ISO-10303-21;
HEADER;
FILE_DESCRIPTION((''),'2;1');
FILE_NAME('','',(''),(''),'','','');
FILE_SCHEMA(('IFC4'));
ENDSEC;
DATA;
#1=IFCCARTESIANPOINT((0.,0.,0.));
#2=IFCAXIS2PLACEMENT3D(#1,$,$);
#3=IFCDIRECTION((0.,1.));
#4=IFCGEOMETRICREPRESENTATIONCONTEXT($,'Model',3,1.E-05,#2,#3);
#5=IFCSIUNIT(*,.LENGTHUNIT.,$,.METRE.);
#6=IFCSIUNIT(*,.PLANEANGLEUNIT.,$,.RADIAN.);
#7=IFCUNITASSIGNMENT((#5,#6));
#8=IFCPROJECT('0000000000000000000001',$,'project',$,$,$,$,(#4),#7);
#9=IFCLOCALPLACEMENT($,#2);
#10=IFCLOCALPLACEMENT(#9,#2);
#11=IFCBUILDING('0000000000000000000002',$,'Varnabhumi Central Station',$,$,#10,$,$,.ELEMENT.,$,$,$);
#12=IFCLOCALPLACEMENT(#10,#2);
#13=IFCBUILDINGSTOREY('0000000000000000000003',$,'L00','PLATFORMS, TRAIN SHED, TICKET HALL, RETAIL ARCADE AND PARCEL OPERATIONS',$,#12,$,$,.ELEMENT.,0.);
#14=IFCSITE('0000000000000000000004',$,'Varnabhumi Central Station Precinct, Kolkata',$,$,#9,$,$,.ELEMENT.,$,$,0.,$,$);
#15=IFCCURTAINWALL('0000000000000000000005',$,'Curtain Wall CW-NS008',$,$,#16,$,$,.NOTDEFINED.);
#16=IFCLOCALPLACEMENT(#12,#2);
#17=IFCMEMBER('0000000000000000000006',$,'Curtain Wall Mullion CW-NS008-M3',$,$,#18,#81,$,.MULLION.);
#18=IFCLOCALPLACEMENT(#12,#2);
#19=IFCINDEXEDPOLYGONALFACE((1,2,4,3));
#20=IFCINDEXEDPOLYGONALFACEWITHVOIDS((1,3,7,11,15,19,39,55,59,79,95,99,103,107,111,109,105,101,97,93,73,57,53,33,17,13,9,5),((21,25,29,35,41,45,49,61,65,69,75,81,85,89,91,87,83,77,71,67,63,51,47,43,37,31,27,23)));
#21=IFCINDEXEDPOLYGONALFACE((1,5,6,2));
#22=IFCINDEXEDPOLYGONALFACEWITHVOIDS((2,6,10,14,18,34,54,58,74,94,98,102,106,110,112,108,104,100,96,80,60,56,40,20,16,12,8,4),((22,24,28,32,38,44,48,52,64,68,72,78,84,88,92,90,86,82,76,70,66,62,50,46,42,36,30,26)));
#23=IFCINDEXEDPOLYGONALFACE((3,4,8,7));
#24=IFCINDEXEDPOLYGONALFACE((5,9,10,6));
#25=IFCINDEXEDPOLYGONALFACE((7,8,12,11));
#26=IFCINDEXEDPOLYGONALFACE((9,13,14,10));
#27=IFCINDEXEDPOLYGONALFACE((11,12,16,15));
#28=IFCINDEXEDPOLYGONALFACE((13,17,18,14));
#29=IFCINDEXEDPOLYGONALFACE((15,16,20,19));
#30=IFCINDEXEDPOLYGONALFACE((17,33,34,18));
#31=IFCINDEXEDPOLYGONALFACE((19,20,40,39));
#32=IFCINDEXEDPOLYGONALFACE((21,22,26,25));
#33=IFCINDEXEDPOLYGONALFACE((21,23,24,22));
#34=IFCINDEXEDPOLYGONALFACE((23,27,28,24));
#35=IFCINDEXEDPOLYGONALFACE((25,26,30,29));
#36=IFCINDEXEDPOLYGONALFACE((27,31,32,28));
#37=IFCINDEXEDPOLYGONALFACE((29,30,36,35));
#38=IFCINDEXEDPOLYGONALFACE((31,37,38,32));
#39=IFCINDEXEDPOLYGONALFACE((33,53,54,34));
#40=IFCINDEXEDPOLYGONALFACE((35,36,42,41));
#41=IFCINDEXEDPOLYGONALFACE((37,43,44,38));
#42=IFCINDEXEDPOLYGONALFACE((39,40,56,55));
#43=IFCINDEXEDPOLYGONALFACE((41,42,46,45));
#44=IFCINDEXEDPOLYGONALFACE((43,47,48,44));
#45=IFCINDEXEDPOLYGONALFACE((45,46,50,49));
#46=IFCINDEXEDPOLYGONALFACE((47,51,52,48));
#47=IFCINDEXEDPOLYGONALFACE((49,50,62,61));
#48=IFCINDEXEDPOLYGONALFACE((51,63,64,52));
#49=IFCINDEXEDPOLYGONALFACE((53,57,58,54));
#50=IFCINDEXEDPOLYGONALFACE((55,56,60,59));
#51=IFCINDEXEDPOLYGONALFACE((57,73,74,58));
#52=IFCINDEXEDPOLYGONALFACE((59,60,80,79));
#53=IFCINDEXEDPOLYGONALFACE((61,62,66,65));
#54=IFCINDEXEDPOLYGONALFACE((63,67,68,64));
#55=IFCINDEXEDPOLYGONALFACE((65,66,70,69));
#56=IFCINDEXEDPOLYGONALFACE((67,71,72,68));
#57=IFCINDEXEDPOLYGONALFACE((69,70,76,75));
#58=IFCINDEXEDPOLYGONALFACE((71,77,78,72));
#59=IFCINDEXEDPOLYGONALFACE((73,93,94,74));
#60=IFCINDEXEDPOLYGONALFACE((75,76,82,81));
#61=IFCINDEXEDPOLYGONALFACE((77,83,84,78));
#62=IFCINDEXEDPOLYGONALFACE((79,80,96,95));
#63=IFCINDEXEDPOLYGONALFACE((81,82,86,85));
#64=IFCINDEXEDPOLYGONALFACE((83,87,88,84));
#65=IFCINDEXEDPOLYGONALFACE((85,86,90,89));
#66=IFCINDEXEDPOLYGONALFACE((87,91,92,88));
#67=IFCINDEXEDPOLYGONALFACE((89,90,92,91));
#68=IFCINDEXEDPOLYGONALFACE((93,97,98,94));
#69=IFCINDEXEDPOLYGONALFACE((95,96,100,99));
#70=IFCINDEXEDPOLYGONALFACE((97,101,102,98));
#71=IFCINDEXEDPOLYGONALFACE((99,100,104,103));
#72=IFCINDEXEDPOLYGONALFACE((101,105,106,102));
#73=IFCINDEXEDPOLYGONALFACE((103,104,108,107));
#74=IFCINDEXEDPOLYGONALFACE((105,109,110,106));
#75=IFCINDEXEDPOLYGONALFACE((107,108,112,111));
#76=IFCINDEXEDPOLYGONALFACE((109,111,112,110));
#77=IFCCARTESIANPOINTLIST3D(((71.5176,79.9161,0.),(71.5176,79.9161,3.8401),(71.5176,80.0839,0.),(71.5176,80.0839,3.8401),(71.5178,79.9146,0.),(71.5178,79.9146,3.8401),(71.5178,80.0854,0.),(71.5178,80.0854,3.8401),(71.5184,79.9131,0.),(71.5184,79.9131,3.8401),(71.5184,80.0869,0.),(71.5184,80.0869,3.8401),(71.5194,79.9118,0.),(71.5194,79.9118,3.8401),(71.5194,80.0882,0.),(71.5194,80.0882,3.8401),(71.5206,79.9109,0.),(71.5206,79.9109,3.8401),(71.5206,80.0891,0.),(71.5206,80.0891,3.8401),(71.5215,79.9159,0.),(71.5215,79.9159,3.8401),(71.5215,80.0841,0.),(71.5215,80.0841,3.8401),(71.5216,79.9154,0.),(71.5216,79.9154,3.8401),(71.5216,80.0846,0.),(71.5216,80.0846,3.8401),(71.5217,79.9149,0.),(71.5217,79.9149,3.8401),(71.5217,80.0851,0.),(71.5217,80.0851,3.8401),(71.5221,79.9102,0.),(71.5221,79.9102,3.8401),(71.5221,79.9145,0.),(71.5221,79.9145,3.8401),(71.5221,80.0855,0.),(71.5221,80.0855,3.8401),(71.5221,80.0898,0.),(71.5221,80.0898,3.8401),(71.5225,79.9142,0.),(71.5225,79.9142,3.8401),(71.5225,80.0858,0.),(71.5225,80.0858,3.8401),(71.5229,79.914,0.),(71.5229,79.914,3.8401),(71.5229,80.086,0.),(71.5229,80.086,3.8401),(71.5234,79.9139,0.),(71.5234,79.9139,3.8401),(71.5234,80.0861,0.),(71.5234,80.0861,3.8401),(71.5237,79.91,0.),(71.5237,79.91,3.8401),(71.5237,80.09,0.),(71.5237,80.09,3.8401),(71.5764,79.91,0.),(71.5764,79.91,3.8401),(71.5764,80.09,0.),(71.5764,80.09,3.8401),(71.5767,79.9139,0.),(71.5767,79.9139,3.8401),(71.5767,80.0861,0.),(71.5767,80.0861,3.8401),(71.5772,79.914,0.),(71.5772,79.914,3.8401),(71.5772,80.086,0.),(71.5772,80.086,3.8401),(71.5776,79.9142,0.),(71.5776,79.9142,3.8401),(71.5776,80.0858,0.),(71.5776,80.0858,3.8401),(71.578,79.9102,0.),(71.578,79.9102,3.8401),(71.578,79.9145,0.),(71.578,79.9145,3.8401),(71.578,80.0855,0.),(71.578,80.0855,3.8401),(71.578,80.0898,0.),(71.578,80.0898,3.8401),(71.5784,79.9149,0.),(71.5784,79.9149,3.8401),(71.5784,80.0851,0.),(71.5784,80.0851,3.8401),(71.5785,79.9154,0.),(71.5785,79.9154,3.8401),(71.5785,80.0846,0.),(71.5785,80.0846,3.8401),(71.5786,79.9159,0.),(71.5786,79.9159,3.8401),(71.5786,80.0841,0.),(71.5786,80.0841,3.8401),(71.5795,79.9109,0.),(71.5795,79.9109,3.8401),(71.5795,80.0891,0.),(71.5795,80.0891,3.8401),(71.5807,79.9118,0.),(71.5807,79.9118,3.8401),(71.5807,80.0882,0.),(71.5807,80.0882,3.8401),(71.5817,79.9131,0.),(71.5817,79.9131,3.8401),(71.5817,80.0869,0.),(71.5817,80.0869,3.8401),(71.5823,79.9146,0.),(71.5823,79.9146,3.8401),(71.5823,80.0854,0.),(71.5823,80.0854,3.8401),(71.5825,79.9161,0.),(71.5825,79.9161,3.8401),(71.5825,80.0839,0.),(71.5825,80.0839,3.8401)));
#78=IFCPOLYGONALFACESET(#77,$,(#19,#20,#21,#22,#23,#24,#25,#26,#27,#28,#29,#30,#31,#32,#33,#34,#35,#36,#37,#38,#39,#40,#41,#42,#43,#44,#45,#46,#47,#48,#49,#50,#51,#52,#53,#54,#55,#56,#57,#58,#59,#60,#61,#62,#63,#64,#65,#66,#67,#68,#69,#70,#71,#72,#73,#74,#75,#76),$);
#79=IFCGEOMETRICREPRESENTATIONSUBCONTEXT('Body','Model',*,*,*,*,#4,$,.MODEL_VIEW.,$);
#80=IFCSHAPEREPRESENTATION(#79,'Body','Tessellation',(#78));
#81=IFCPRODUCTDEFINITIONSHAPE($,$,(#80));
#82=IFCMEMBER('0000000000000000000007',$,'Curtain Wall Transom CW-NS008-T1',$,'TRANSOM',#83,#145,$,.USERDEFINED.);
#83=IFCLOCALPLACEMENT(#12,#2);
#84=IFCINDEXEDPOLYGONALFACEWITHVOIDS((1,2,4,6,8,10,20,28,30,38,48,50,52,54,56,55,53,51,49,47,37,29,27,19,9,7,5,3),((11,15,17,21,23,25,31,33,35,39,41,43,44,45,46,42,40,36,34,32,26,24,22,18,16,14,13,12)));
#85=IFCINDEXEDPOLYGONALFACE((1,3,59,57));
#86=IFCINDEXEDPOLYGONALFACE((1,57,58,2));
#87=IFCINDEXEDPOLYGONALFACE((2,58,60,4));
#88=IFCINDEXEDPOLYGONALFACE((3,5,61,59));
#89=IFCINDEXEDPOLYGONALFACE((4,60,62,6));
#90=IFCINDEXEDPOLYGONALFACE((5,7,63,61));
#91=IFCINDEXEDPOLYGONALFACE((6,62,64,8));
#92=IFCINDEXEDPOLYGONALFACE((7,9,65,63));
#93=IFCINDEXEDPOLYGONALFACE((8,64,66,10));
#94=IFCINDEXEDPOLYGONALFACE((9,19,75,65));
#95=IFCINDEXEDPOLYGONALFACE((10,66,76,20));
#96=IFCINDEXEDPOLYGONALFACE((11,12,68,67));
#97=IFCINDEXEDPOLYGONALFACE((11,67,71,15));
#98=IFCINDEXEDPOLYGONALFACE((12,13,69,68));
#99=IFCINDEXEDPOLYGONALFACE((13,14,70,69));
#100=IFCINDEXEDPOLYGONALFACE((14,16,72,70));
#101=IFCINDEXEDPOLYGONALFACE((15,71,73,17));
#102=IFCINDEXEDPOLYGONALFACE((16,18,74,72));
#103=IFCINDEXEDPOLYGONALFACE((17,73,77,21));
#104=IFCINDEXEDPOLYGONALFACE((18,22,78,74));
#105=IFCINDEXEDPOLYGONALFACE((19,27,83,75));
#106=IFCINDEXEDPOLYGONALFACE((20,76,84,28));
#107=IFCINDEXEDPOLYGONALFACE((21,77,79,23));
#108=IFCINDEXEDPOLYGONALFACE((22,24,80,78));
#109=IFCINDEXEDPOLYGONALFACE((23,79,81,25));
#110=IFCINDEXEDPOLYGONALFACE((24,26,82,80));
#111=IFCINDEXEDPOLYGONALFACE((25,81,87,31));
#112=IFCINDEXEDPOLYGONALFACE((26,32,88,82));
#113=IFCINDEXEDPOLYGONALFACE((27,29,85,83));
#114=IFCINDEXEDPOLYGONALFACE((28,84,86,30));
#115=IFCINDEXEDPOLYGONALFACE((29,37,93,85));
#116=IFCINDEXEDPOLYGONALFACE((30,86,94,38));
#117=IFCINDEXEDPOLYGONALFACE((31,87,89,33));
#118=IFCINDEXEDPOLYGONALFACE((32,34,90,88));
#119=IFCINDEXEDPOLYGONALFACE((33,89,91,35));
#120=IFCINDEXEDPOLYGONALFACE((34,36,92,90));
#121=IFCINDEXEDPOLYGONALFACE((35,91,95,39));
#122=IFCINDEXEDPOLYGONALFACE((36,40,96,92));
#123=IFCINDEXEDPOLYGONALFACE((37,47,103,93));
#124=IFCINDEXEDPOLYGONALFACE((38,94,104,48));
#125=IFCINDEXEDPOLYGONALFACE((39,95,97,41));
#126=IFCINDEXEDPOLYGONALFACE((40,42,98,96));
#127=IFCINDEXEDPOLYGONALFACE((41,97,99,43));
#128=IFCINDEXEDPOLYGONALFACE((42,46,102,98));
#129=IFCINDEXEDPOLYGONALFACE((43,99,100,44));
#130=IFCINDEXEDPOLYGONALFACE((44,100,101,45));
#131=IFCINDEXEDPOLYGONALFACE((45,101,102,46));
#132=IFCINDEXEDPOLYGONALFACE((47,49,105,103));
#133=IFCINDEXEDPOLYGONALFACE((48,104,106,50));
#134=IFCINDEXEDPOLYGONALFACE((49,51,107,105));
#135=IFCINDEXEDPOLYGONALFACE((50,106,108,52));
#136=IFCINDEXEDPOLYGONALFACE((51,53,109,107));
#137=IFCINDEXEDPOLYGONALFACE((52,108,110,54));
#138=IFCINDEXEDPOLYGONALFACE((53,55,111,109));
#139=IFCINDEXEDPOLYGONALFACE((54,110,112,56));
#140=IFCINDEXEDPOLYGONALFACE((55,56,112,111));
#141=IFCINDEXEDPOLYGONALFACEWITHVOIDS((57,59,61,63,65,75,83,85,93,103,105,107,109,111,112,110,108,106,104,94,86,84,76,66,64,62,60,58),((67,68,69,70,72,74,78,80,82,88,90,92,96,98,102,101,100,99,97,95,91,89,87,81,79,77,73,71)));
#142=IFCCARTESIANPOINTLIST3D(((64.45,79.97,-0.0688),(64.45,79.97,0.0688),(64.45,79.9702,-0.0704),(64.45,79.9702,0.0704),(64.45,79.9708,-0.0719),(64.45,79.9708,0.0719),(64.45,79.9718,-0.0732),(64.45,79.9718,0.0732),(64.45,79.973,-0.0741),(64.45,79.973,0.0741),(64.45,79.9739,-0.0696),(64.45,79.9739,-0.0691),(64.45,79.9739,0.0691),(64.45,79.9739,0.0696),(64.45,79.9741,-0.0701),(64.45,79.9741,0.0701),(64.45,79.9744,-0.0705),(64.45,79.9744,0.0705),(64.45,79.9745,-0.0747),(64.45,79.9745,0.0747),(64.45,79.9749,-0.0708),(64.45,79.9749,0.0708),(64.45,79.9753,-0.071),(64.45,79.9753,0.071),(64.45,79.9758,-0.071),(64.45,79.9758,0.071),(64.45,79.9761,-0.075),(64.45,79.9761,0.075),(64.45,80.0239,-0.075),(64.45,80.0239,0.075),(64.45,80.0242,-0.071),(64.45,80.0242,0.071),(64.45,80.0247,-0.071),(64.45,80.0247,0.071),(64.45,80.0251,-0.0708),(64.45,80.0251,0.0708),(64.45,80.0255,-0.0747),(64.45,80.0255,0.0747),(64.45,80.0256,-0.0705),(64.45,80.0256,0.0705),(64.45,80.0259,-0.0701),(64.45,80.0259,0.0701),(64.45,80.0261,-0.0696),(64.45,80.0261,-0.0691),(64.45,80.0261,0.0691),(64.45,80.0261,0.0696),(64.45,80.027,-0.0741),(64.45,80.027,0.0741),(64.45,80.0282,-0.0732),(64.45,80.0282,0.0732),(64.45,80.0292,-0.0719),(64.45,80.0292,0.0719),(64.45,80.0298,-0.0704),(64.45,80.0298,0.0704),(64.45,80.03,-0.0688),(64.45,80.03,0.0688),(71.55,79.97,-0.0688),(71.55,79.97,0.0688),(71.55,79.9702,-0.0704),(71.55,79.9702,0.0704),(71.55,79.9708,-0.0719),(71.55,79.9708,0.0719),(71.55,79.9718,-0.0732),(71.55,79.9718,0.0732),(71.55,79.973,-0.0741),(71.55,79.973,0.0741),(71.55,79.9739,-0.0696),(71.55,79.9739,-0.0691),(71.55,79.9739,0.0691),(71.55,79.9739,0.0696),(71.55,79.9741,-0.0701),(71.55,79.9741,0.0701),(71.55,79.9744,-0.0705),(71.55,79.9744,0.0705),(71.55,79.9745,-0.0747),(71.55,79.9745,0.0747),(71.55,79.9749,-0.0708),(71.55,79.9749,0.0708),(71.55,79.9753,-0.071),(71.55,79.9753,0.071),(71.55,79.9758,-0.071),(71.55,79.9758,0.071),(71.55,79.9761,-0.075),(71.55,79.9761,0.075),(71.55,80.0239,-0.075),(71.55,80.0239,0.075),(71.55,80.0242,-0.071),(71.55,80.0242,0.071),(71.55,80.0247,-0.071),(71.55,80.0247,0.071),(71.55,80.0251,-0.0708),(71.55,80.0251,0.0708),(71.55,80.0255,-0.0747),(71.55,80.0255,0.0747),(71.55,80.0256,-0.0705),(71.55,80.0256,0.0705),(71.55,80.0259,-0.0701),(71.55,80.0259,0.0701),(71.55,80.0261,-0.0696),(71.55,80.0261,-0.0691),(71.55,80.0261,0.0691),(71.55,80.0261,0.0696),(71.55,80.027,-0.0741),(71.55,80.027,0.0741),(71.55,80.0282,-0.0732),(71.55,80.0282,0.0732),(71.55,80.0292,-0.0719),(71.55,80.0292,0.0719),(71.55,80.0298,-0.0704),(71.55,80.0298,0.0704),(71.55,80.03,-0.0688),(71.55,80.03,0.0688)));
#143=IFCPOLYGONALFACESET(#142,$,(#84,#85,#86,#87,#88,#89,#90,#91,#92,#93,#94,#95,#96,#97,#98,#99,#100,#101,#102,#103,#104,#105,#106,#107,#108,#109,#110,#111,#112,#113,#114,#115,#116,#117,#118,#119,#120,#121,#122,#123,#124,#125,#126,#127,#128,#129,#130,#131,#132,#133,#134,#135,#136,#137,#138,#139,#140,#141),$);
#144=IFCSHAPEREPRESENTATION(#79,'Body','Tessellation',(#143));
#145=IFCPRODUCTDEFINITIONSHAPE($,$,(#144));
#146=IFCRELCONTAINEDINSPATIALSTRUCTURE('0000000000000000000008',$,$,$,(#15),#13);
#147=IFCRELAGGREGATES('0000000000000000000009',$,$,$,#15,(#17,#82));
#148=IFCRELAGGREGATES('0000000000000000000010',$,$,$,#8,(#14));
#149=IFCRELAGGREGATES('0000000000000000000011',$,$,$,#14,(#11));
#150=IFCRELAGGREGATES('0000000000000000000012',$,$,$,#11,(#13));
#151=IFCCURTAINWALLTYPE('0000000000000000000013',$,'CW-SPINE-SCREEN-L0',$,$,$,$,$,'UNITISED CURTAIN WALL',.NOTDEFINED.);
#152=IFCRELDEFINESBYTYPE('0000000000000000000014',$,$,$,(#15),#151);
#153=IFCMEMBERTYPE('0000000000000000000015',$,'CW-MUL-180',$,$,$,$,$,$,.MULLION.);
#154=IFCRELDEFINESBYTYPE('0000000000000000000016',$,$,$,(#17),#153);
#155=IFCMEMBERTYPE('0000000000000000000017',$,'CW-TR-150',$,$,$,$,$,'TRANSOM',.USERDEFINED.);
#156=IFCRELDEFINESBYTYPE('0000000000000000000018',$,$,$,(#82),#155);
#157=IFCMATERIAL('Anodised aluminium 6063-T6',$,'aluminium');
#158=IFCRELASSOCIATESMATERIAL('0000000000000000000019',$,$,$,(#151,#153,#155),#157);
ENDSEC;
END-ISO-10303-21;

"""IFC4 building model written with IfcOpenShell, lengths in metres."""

from ifc_helpers import new_model, si_unit, direction, frame, origin, origin_2d, place, context, subcontext, project, spatial, hollow_rectangle, extrude, material, material_profile, profile_set, type_object, element, aggregate, save


model = new_model("IFC4")

# Units and contexts
model_context = context("Model", 3, precision=1e-05, world=origin(), true_north=direction((0.0, 1.0)))
body_context = subcontext(model_context, "Body", "Model", "MODEL_VIEW")
ifc_project = project(units=[si_unit("LENGTHUNIT", "METRE"), si_unit("PLANEANGLEUNIT", "RADIAN")], contexts=[model_context])

# Site, building, storey
site_placement = place(None, origin())
site = spatial("IfcSite", under=ifc_project, at=site_placement, Name="Varnabhumi Central Station Precinct, Kolkata", CompositionType="ELEMENT", RefElevation=0.0)
building_placement = place(site_placement, origin())
building = spatial("IfcBuilding", under=site, at=building_placement, Name="Varnabhumi Central Station", CompositionType="ELEMENT")
storey_placement = place(building_placement, origin())
storey = spatial("IfcBuildingStorey", under=building, at=storey_placement, Name="L00", Description="PLATFORMS, TRAIN SHED, TICKET HALL, RETAIL ARCADE AND PARCEL OPERATIONS", CompositionType="ELEMENT", Elevation=0.0)

# Curtain wall, members
ifc_material_1 = material(Name="Anodised aluminium 6063-T6", Category="aluminium")
curtain_wall_type = type_object("IfcCurtainWallType", Name="CW-SPINE-SCREEN-L0", ElementType="UNITISED CURTAIN WALL", PredefinedType="NOTDEFINED", material=ifc_material_1)
curtain_wall_placement = place(storey_placement, origin())
curtain_wall = element("IfcCurtainWall", 1, at=curtain_wall_placement, inside=storey, type_object=curtain_wall_type, Name="Curtain Wall CW-NS008", PredefinedType="NOTDEFINED")
ifc_material_profile_1 = material_profile(ifc_material_1, hollow_rectangle(XDim=0.0649, YDim=0.1799, WallThickness=0.0039, InnerFilletRadius=0.002, OuterFilletRadius=0.0061, at=origin_2d()), Name="Anodised aluminium 6063-T6", Category="aluminium")
ifc_profile_set_1 = profile_set([ifc_material_profile_1], Name="Anodised aluminium 6063-T6")
member_type_1 = type_object("IfcMemberType", Name="CW-MUL-180", PredefinedType="MULLION", material=ifc_profile_set_1)
member_1_placement = place(storey_placement, frame((71.55, 80.0, 0.0), z_axis=(0.0, 0.0, 1.0), x_axis=(1.0, 0.0, 0.0)))
member_1 = element("IfcMember", 2, at=member_1_placement, type_object=member_type_1, Name="Curtain Wall Mullion CW-NS008-M3", PredefinedType="MULLION", context=body_context, shape_type="SweptSolid", body=[
    extrude(hollow_rectangle(XDim=0.0649, YDim=0.1799, WallThickness=0.0039, InnerFilletRadius=0.002, OuterFilletRadius=0.0061, at=origin_2d()), origin(), (0.0, 0.0, 1.0), 3.8401),
])
ifc_material_profile_2 = material_profile(ifc_material_1, hollow_rectangle(XDim=0.0601, YDim=0.1499, WallThickness=0.0039, InnerFilletRadius=0.002, OuterFilletRadius=0.0061, at=origin_2d()), Name="Anodised aluminium 6063-T6", Category="aluminium")
ifc_profile_set_2 = profile_set([ifc_material_profile_2], Name="Anodised aluminium 6063-T6")
member_type_2 = type_object("IfcMemberType", Name="CW-TR-150", ElementType="TRANSOM", PredefinedType="USERDEFINED", material=ifc_profile_set_2)
member_2_placement = place(storey_placement, frame((64.45, 80.0, 0.0), z_axis=(1.0, 0.0, 0.0), x_axis=(0.0, 1.0, 0.0)))
member_2 = element("IfcMember", 3, at=member_2_placement, type_object=member_type_2, Name="Curtain Wall Transom CW-NS008-T1", ObjectType="TRANSOM", PredefinedType="USERDEFINED", context=body_context, shape_type="SweptSolid", body=[
    extrude(hollow_rectangle(XDim=0.0601, YDim=0.1499, WallThickness=0.0039, InnerFilletRadius=0.002, OuterFilletRadius=0.0061, at=origin_2d()), origin(), (0.0, 0.0, 1.0), 7.1001),
])
aggregate(curtain_wall, [member_1, member_2])

save(model, "model.ifc")
